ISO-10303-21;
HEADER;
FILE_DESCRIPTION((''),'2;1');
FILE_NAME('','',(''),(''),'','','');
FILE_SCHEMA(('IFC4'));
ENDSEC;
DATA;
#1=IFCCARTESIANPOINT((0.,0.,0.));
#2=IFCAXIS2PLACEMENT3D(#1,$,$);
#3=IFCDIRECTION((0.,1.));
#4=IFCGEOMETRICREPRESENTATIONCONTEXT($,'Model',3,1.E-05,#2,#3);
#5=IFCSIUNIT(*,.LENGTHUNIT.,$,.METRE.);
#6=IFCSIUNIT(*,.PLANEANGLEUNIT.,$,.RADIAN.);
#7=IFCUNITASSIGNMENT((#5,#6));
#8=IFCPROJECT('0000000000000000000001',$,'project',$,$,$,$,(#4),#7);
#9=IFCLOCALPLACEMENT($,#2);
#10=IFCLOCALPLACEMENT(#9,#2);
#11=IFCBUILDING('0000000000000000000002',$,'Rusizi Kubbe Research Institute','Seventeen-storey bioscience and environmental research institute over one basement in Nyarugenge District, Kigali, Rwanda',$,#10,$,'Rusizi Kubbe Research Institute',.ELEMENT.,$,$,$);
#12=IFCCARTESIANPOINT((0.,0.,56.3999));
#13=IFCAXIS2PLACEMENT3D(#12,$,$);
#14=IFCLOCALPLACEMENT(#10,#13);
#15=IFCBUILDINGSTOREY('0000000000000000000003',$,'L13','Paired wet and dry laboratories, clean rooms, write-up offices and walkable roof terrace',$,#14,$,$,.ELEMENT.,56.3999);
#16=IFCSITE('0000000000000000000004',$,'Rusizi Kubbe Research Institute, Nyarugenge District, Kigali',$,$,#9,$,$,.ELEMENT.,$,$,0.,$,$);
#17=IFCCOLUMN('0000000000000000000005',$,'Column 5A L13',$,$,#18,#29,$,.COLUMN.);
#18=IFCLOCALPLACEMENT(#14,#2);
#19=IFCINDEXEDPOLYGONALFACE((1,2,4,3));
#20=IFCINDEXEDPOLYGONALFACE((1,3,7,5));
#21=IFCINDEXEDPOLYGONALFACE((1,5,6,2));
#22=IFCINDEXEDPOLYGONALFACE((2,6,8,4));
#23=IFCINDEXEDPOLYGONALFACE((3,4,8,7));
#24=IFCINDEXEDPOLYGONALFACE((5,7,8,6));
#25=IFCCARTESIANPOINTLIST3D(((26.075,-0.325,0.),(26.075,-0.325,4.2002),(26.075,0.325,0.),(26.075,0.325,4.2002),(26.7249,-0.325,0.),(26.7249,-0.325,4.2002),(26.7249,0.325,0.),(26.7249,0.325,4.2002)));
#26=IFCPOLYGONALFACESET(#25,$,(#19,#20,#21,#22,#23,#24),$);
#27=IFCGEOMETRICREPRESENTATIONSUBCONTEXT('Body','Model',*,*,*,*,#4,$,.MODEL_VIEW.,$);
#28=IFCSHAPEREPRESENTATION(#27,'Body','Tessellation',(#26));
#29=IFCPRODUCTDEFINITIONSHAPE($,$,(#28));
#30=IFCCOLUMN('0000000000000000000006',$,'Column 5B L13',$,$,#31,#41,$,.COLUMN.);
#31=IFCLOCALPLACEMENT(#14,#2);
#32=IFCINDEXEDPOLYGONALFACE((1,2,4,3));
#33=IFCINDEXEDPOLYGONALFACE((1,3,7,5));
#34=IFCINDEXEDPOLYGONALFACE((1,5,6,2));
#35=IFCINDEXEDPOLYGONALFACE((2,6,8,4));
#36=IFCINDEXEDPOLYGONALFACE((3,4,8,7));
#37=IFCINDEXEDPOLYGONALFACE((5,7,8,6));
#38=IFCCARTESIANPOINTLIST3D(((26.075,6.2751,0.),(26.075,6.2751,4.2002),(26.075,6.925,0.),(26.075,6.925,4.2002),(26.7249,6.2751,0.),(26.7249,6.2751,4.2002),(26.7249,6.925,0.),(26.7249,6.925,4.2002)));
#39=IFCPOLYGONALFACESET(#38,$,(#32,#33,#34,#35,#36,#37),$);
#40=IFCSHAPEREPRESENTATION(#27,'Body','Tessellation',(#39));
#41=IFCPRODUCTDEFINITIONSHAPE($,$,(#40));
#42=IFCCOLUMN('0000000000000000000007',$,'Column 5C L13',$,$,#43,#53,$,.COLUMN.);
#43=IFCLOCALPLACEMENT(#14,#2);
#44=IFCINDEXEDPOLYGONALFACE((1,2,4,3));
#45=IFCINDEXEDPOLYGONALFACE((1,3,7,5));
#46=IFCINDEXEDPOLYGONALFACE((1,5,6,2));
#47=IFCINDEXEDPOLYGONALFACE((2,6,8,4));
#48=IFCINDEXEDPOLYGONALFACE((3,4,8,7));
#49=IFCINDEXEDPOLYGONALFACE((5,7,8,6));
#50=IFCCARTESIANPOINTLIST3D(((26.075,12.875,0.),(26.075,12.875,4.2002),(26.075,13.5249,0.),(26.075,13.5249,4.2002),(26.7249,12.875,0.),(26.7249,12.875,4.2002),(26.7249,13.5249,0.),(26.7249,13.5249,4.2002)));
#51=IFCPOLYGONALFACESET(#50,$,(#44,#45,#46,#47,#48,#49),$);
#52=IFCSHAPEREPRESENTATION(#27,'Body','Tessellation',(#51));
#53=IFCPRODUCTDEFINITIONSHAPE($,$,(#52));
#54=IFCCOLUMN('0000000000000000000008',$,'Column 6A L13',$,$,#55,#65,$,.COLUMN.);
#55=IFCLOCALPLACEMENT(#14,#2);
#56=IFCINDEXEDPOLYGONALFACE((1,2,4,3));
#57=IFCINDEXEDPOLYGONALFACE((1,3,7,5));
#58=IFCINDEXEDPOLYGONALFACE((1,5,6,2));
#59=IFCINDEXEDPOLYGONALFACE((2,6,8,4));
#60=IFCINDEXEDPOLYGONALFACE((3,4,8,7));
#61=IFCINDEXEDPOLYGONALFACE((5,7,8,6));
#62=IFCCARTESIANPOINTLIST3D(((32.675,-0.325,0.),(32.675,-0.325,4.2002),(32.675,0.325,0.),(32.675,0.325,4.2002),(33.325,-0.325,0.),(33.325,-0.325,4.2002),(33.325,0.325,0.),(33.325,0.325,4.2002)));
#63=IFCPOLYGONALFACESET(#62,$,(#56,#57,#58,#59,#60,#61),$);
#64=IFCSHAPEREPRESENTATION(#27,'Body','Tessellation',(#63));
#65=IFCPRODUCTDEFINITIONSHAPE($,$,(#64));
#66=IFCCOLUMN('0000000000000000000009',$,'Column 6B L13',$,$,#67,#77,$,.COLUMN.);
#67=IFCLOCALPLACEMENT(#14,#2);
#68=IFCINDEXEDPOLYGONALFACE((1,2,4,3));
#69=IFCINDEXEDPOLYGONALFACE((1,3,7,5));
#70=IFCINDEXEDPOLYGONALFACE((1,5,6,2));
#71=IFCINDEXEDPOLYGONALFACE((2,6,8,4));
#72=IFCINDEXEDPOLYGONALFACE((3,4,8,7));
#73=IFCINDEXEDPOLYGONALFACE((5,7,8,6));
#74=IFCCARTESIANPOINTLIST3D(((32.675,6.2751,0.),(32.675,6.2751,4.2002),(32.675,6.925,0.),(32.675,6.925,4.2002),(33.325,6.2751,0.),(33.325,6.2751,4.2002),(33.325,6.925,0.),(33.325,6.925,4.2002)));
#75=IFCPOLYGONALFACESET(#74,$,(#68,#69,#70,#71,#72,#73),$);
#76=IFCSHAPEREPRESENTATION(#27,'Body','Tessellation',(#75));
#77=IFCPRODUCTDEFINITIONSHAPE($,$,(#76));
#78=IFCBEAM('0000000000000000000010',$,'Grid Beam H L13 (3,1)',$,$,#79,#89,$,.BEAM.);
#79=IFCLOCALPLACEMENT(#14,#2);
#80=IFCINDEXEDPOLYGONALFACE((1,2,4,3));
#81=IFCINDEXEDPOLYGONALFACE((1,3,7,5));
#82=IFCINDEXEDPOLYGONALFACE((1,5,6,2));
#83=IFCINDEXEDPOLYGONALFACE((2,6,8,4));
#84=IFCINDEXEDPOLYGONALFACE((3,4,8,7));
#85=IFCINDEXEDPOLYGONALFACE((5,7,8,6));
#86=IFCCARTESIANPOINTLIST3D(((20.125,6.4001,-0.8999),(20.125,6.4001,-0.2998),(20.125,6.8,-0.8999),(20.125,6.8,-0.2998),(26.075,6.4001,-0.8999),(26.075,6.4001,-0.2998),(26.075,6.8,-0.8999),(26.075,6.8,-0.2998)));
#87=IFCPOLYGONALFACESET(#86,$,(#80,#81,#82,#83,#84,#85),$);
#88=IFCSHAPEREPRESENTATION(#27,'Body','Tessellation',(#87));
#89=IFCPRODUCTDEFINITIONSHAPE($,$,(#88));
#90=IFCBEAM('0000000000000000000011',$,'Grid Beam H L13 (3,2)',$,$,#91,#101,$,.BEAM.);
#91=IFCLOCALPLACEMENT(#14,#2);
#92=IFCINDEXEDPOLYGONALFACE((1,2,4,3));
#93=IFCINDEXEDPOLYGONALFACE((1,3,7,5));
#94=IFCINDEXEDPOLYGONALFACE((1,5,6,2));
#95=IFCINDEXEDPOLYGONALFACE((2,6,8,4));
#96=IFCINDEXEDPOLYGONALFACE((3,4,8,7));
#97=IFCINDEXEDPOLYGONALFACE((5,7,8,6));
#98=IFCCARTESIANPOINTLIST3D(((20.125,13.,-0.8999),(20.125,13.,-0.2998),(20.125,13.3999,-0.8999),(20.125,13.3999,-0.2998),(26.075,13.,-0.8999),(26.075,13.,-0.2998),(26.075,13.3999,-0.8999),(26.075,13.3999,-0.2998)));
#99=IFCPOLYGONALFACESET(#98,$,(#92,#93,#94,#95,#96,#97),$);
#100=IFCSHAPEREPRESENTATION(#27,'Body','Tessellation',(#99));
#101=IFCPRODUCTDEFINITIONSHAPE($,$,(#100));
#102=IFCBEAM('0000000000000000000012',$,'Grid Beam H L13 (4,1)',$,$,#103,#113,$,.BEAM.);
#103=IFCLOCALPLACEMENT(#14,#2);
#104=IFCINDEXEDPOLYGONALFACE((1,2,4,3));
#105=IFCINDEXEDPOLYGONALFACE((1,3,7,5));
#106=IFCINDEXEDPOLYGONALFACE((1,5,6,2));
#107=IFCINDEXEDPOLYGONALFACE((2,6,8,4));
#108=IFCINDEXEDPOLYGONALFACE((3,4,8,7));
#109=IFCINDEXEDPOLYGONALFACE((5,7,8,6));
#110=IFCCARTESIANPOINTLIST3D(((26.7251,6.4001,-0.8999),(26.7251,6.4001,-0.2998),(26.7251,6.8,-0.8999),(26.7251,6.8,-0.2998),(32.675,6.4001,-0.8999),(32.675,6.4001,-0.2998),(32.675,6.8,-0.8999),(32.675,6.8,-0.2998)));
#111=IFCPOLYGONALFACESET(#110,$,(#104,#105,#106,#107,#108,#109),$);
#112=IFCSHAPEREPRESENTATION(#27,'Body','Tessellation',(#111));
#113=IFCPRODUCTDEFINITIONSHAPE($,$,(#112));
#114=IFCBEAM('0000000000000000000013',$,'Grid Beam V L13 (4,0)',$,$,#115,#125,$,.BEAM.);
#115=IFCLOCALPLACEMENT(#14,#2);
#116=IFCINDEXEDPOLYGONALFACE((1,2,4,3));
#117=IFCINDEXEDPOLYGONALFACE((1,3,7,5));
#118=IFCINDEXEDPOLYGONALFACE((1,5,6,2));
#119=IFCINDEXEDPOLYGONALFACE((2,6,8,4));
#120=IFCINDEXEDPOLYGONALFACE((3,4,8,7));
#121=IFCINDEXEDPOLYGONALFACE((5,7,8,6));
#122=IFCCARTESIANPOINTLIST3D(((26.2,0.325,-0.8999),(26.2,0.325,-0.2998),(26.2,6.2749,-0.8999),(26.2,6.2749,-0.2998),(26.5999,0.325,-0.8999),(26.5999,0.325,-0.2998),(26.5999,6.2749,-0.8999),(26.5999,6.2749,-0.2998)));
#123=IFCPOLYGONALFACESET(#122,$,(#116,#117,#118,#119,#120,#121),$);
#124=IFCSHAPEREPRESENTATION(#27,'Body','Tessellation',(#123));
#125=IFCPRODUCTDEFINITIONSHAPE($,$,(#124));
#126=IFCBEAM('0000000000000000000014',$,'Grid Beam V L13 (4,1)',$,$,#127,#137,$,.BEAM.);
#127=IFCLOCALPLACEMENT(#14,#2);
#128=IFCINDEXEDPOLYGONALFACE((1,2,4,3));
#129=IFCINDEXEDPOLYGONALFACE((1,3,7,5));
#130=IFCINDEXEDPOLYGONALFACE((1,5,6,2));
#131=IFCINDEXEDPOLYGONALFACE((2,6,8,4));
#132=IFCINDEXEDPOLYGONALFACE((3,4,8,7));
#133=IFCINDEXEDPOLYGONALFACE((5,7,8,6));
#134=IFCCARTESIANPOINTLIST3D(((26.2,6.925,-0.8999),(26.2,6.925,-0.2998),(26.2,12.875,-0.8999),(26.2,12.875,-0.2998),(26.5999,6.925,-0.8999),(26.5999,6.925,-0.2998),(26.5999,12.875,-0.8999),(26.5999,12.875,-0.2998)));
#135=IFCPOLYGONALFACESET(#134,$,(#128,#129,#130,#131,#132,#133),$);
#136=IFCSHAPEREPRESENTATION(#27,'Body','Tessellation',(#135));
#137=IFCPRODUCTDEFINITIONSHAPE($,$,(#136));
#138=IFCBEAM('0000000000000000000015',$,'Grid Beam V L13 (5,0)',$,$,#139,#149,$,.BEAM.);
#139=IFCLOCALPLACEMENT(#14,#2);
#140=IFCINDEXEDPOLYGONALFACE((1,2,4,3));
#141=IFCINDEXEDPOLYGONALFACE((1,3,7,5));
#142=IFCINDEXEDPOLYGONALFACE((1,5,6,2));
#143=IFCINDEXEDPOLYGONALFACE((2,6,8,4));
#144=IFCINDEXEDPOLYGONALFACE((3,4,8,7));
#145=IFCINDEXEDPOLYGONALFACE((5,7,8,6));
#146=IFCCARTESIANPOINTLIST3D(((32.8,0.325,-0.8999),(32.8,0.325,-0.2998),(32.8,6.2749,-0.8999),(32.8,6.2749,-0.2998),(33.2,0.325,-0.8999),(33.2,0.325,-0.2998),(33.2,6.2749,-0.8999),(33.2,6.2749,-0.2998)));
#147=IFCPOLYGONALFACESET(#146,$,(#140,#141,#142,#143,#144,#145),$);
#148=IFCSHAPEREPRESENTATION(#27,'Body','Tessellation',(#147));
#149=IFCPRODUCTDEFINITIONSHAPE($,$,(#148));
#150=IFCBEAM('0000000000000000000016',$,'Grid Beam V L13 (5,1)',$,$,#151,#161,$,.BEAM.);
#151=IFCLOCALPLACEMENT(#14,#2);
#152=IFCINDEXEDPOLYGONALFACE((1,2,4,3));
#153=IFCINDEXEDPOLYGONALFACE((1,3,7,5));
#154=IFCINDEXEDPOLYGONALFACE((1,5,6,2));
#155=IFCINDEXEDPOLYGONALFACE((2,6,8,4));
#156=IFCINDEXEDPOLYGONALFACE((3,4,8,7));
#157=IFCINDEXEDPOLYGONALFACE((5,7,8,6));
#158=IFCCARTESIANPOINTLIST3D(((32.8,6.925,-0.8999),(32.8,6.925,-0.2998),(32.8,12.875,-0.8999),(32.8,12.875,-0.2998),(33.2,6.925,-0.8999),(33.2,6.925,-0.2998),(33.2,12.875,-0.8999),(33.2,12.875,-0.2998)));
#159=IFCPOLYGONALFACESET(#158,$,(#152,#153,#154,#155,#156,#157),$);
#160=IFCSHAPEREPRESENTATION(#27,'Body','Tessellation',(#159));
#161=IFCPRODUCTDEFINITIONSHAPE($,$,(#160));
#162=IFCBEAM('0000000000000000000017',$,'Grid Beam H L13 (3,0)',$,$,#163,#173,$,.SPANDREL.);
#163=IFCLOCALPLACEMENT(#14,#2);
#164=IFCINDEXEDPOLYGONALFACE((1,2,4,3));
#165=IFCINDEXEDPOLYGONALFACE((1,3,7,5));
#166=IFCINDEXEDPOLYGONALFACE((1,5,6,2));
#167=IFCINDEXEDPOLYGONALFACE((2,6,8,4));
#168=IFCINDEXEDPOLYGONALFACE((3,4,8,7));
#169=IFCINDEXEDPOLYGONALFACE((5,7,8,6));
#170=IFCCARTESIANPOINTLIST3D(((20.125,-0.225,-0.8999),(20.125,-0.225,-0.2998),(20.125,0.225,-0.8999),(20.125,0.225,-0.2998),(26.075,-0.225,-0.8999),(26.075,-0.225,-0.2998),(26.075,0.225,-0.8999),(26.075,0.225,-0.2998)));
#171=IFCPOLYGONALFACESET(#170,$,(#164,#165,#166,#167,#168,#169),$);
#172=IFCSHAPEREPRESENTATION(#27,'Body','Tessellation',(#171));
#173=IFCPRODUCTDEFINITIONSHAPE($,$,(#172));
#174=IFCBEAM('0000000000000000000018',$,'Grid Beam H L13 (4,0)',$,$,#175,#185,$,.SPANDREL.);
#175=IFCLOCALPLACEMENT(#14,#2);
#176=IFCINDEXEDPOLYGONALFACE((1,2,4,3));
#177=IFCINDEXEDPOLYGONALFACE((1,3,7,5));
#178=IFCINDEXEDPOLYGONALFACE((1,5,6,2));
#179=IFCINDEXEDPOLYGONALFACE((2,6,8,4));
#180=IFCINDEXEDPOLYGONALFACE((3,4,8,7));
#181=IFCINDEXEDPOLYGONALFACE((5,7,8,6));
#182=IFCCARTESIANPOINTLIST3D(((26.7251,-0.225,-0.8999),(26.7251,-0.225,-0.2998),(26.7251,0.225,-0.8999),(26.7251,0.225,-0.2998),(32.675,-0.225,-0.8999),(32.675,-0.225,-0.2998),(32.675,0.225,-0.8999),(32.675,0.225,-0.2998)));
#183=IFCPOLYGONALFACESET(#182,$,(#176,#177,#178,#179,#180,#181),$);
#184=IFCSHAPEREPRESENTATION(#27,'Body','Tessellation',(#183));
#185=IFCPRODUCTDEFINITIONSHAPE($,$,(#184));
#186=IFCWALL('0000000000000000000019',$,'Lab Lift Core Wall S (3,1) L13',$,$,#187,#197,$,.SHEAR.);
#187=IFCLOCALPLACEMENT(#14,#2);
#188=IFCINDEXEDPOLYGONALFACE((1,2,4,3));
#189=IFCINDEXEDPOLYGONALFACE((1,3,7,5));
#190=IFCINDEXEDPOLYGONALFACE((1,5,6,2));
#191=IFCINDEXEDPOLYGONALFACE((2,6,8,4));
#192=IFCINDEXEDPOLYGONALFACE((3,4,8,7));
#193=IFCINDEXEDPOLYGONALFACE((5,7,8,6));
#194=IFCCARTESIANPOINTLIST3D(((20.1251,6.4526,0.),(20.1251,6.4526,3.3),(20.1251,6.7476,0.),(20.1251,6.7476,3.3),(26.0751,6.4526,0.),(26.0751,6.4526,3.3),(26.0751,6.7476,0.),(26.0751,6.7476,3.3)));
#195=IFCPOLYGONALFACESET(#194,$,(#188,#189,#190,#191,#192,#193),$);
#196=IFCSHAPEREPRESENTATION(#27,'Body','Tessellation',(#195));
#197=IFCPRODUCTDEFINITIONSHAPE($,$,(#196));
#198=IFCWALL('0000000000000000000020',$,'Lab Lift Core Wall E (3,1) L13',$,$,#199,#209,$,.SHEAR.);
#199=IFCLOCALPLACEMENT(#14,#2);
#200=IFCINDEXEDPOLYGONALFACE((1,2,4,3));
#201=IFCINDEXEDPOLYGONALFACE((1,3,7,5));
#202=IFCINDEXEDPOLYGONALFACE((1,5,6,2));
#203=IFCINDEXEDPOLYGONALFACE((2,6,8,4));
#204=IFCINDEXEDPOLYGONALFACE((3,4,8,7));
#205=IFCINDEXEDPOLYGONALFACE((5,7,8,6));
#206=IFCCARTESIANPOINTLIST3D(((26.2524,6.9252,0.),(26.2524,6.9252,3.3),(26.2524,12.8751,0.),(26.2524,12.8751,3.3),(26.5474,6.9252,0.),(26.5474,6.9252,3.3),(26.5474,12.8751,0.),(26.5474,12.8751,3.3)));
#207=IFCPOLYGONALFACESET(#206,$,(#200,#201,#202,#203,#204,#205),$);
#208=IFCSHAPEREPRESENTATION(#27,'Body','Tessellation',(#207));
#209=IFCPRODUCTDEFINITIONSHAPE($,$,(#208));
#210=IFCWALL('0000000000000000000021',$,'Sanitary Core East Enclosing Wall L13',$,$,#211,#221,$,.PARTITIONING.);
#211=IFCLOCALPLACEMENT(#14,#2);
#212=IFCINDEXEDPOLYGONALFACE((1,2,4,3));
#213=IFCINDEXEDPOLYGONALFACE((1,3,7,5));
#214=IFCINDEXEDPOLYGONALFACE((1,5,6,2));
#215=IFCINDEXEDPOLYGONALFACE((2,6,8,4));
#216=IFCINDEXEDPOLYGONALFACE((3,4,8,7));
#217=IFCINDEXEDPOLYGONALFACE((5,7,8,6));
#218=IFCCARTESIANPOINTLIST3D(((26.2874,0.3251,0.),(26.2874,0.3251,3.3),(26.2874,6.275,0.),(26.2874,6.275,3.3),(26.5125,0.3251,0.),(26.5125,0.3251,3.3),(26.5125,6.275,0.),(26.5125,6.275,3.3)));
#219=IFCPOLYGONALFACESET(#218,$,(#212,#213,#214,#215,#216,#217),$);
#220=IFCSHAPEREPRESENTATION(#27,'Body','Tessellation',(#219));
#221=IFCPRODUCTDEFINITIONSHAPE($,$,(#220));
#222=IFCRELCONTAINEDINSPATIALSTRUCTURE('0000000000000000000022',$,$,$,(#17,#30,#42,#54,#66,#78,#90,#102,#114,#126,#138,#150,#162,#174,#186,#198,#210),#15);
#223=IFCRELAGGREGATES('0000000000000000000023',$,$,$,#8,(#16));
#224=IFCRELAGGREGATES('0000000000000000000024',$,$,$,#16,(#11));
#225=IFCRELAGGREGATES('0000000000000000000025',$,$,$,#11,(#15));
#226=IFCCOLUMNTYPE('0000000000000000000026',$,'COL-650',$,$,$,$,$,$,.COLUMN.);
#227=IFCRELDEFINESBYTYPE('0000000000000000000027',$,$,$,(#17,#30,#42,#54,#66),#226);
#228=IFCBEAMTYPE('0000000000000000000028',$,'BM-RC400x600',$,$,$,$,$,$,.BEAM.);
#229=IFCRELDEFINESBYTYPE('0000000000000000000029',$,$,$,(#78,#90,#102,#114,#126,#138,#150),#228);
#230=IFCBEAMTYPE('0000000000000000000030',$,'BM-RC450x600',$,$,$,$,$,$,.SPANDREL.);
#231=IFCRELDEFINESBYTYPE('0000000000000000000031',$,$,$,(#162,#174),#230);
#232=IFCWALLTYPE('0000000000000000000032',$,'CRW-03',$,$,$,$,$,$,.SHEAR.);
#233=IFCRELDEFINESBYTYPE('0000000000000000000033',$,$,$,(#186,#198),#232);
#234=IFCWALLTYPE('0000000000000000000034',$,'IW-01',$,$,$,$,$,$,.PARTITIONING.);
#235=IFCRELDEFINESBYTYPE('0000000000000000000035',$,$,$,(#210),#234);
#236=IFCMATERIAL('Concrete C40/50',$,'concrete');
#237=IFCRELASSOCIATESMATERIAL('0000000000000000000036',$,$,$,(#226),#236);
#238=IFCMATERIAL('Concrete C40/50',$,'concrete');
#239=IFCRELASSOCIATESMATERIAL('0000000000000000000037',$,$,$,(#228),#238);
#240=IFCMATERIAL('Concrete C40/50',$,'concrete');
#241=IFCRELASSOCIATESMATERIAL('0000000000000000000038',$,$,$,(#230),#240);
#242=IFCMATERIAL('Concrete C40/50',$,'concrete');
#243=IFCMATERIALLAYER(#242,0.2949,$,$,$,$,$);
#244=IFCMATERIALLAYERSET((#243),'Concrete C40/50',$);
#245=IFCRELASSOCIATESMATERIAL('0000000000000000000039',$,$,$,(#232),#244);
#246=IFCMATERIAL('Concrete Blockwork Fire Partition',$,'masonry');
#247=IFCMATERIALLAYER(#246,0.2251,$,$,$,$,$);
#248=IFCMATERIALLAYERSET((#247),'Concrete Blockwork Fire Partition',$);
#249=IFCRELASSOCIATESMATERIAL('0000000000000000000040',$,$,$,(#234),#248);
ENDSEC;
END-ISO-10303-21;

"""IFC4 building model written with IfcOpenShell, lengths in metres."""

from ifc_helpers import new_model, si_unit, direction, frame, frame_2d, origin, origin_2d, place, context, subcontext, project, spatial, rectangle, extrude, material, layer, layer_set, material_profile, profile_set, type_object, element, save


model = new_model("IFC4")

# Units and contexts
model_context = context("Model", 3, precision=1e-05, world=origin(), true_north=direction((0.0, 1.0)))
body_context = subcontext(model_context, "Body", "Model", "MODEL_VIEW")
ifc_project = project(units=[si_unit("LENGTHUNIT", "METRE"), si_unit("PLANEANGLEUNIT", "RADIAN")], contexts=[model_context])

# Site, building, storey
site_placement = place(None, origin())
site = spatial("IfcSite", under=ifc_project, at=site_placement, Name="Rusizi Kubbe Research Institute, Nyarugenge District, Kigali", CompositionType="ELEMENT", RefElevation=0.0)
building_placement = place(site_placement, origin())
building = spatial("IfcBuilding", under=site, at=building_placement, Name="Rusizi Kubbe Research Institute", Description="Seventeen-storey bioscience and environmental research institute over one basement in Nyarugenge District, Kigali, Rwanda", LongName="Rusizi Kubbe Research Institute", CompositionType="ELEMENT")
storey_placement = place(building_placement, frame((0.0, 0.0, 56.3999)))
storey = spatial("IfcBuildingStorey", under=building, at=storey_placement, Name="L13", Description="Paired wet and dry laboratories, clean rooms, write-up offices and walkable roof terrace", CompositionType="ELEMENT", Elevation=56.3999)

# Columns
ifc_material_1 = material(Name="Concrete C40/50", Category="concrete")
ifc_material_profile_1 = material_profile(ifc_material_1, rectangle(XDim=0.6499, YDim=0.6499, at=origin_2d()), Name="RC650x650")
ifc_profile_set_1 = profile_set([ifc_material_profile_1], Name="Concrete C40/50")
column_type = type_object("IfcColumnType", Name="COL-650", PredefinedType="COLUMN", material=ifc_profile_set_1)
for number, where, z_axis, x_axis, name in (
    (1, (26.3999, 0.0, 0.0), (0.0, 0.0, 1.0), (1.0, 0.0, 0.0), "Column 5A L13"),
    (2, (26.3999, 6.6001, 0.0), (0.0, 0.0, 1.0), (1.0, 0.0, 0.0), "Column 5B L13"),
    (3, (26.3999, 13.2, 0.0), (0.0, 0.0, 1.0), (1.0, 0.0, 0.0), "Column 5C L13"),
    (4, (33.0, 0.0, 0.0), (0.0, 0.0, 1.0), (1.0, 0.0, 0.0), "Column 6A L13"),
    (5, (33.0, 6.6001, 0.0), (0.0, 0.0, 1.0), (1.0, 0.0, 0.0), "Column 6B L13"),
):
    element("IfcColumn", number, at=place(storey_placement, frame(where, z_axis=z_axis, x_axis=x_axis)), inside=storey, type_object=column_type, Name=name, PredefinedType="COLUMN", context=body_context, shape_type="SweptSolid", body=[
        extrude(rectangle(XDim=0.6499, YDim=0.6499, at=origin_2d()), origin(), (0.0, 0.0, 1.0), 4.2002),
    ])

# Beams
ifc_material_2 = material(Name="Concrete C40/50", Category="concrete")
ifc_material_profile_2 = material_profile(ifc_material_2, rectangle(XDim=0.3999, YDim=0.6001, at=origin_2d()), Name="RC400x600")
ifc_profile_set_2 = profile_set([ifc_material_profile_2], Name="Concrete C40/50")
beam_type_1 = type_object("IfcBeamType", Name="BM-RC400x600", PredefinedType="BEAM", material=ifc_profile_set_2)
for number, where, z_axis, x_axis, name in (
    (6, (20.125, 6.6001, -0.5999), (1.0, 0.0, 0.0), (0.0, 1.0, 0.0), "Grid Beam H L13 (3,1)"),
    (7, (20.125, 13.2, -0.5999), (1.0, 0.0, 0.0), (0.0, 1.0, 0.0), "Grid Beam H L13 (3,2)"),
    (8, (26.7251, 6.6001, -0.5999), (1.0, 0.0, 0.0), (0.0, 1.0, 0.0), "Grid Beam H L13 (4,1)"),
    (9, (26.3999, 0.325, -0.5999), (0.0, 1.0, 0.0), (-1.0, 0.0, 0.0), "Grid Beam V L13 (4,0)"),
    (10, (26.3999, 6.925, -0.5999), (0.0, 1.0, 0.0), (-1.0, 0.0, 0.0), "Grid Beam V L13 (4,1)"),
    (11, (33.0, 0.325, -0.5999), (0.0, 1.0, 0.0), (-1.0, 0.0, 0.0), "Grid Beam V L13 (5,0)"),
    (12, (33.0, 6.925, -0.5999), (0.0, 1.0, 0.0), (-1.0, 0.0, 0.0), "Grid Beam V L13 (5,1)"),
):
    element("IfcBeam", number, at=place(storey_placement, frame(where, z_axis=z_axis, x_axis=x_axis)), inside=storey, type_object=beam_type_1, Name=name, PredefinedType="BEAM", context=body_context, shape_type="SweptSolid", body=[
        extrude(rectangle(XDim=0.3999, YDim=0.6001, at=origin_2d()), origin(), (0.0, 0.0, 1.0), 5.95),
    ])
ifc_material_3 = material(Name="Concrete C40/50", Category="concrete")
ifc_material_profile_3 = material_profile(ifc_material_3, rectangle(XDim=0.45, YDim=0.6001, at=origin_2d()), Name="RC450x600")
ifc_profile_set_3 = profile_set([ifc_material_profile_3], Name="Concrete C40/50")
beam_type_2 = type_object("IfcBeamType", Name="BM-RC450x600", PredefinedType="SPANDREL", material=ifc_profile_set_3)
for number, where, z_axis, x_axis, name in (
    (13, (20.125, 0.0, -0.5999), (1.0, 0.0, 0.0), (0.0, 1.0, 0.0), "Grid Beam H L13 (3,0)"),
    (14, (26.7251, 0.0, -0.5999), (1.0, 0.0, 0.0), (0.0, 1.0, 0.0), "Grid Beam H L13 (4,0)"),
):
    element("IfcBeam", number, at=place(storey_placement, frame(where, z_axis=z_axis, x_axis=x_axis)), inside=storey, type_object=beam_type_2, Name=name, PredefinedType="SPANDREL", context=body_context, shape_type="SweptSolid", body=[
        extrude(rectangle(XDim=0.45, YDim=0.6001, at=origin_2d()), origin(), (0.0, 0.0, 1.0), 5.95),
    ])

# Walls
ifc_material_4 = material(Name="Concrete C40/50", Category="concrete")
ifc_layer_1 = layer(ifc_material_4, 0.2949)
ifc_layer_set_1 = layer_set([ifc_layer_1], Name="Concrete C40/50")
wall_type_1 = type_object("IfcWallType", Name="CRW-03", PredefinedType="SHEAR", material=ifc_layer_set_1)
for number, where, z_axis, x_axis, name in (
    (15, (20.125, 6.6001, 0.0), (0.0, 0.0, 1.0), (1.0, 0.0, 0.0), "Lab Lift Core Wall S (3,1) L13"),
    (16, (26.3999, 6.925, 0.0), (0.0, 0.0, 1.0), (0.0, 1.0, 0.0), "Lab Lift Core Wall E (3,1) L13"),
):
    element("IfcWall", number, at=place(storey_placement, frame(where, z_axis=z_axis, x_axis=x_axis)), inside=storey, type_object=wall_type_1, Name=name, PredefinedType="SHEAR", context=body_context, shape_type="SweptSolid", body=[
        extrude(rectangle(XDim=5.95, YDim=0.2949, at=frame_2d((2.9751, 0.0))), origin(), (0.0, 0.0, 1.0), 3.3),
    ])

# Wall
ifc_material_5 = material(Name="Concrete Blockwork Fire Partition", Category="masonry")
ifc_layer_2 = layer(ifc_material_5, 0.2251)
ifc_layer_set_2 = layer_set([ifc_layer_2], Name="Concrete Blockwork Fire Partition")
wall_type_2 = type_object("IfcWallType", Name="IW-01", PredefinedType="PARTITIONING", material=ifc_layer_set_2)
wall_1_placement = place(storey_placement, frame((26.3999, 0.325, 0.0), z_axis=(0.0, 0.0, 1.0), x_axis=(0.0, 1.0, 0.0)))
element("IfcWall", 17, at=wall_1_placement, inside=storey, type_object=wall_type_2, Name="Sanitary Core East Enclosing Wall L13", PredefinedType="PARTITIONING", context=body_context, shape_type="SweptSolid", body=[
    extrude(rectangle(XDim=5.95, YDim=0.2251, at=frame_2d((2.9751, 0.0))), origin(), (0.0, 0.0, 1.0), 3.3),
])

save(model, "model.ifc")
